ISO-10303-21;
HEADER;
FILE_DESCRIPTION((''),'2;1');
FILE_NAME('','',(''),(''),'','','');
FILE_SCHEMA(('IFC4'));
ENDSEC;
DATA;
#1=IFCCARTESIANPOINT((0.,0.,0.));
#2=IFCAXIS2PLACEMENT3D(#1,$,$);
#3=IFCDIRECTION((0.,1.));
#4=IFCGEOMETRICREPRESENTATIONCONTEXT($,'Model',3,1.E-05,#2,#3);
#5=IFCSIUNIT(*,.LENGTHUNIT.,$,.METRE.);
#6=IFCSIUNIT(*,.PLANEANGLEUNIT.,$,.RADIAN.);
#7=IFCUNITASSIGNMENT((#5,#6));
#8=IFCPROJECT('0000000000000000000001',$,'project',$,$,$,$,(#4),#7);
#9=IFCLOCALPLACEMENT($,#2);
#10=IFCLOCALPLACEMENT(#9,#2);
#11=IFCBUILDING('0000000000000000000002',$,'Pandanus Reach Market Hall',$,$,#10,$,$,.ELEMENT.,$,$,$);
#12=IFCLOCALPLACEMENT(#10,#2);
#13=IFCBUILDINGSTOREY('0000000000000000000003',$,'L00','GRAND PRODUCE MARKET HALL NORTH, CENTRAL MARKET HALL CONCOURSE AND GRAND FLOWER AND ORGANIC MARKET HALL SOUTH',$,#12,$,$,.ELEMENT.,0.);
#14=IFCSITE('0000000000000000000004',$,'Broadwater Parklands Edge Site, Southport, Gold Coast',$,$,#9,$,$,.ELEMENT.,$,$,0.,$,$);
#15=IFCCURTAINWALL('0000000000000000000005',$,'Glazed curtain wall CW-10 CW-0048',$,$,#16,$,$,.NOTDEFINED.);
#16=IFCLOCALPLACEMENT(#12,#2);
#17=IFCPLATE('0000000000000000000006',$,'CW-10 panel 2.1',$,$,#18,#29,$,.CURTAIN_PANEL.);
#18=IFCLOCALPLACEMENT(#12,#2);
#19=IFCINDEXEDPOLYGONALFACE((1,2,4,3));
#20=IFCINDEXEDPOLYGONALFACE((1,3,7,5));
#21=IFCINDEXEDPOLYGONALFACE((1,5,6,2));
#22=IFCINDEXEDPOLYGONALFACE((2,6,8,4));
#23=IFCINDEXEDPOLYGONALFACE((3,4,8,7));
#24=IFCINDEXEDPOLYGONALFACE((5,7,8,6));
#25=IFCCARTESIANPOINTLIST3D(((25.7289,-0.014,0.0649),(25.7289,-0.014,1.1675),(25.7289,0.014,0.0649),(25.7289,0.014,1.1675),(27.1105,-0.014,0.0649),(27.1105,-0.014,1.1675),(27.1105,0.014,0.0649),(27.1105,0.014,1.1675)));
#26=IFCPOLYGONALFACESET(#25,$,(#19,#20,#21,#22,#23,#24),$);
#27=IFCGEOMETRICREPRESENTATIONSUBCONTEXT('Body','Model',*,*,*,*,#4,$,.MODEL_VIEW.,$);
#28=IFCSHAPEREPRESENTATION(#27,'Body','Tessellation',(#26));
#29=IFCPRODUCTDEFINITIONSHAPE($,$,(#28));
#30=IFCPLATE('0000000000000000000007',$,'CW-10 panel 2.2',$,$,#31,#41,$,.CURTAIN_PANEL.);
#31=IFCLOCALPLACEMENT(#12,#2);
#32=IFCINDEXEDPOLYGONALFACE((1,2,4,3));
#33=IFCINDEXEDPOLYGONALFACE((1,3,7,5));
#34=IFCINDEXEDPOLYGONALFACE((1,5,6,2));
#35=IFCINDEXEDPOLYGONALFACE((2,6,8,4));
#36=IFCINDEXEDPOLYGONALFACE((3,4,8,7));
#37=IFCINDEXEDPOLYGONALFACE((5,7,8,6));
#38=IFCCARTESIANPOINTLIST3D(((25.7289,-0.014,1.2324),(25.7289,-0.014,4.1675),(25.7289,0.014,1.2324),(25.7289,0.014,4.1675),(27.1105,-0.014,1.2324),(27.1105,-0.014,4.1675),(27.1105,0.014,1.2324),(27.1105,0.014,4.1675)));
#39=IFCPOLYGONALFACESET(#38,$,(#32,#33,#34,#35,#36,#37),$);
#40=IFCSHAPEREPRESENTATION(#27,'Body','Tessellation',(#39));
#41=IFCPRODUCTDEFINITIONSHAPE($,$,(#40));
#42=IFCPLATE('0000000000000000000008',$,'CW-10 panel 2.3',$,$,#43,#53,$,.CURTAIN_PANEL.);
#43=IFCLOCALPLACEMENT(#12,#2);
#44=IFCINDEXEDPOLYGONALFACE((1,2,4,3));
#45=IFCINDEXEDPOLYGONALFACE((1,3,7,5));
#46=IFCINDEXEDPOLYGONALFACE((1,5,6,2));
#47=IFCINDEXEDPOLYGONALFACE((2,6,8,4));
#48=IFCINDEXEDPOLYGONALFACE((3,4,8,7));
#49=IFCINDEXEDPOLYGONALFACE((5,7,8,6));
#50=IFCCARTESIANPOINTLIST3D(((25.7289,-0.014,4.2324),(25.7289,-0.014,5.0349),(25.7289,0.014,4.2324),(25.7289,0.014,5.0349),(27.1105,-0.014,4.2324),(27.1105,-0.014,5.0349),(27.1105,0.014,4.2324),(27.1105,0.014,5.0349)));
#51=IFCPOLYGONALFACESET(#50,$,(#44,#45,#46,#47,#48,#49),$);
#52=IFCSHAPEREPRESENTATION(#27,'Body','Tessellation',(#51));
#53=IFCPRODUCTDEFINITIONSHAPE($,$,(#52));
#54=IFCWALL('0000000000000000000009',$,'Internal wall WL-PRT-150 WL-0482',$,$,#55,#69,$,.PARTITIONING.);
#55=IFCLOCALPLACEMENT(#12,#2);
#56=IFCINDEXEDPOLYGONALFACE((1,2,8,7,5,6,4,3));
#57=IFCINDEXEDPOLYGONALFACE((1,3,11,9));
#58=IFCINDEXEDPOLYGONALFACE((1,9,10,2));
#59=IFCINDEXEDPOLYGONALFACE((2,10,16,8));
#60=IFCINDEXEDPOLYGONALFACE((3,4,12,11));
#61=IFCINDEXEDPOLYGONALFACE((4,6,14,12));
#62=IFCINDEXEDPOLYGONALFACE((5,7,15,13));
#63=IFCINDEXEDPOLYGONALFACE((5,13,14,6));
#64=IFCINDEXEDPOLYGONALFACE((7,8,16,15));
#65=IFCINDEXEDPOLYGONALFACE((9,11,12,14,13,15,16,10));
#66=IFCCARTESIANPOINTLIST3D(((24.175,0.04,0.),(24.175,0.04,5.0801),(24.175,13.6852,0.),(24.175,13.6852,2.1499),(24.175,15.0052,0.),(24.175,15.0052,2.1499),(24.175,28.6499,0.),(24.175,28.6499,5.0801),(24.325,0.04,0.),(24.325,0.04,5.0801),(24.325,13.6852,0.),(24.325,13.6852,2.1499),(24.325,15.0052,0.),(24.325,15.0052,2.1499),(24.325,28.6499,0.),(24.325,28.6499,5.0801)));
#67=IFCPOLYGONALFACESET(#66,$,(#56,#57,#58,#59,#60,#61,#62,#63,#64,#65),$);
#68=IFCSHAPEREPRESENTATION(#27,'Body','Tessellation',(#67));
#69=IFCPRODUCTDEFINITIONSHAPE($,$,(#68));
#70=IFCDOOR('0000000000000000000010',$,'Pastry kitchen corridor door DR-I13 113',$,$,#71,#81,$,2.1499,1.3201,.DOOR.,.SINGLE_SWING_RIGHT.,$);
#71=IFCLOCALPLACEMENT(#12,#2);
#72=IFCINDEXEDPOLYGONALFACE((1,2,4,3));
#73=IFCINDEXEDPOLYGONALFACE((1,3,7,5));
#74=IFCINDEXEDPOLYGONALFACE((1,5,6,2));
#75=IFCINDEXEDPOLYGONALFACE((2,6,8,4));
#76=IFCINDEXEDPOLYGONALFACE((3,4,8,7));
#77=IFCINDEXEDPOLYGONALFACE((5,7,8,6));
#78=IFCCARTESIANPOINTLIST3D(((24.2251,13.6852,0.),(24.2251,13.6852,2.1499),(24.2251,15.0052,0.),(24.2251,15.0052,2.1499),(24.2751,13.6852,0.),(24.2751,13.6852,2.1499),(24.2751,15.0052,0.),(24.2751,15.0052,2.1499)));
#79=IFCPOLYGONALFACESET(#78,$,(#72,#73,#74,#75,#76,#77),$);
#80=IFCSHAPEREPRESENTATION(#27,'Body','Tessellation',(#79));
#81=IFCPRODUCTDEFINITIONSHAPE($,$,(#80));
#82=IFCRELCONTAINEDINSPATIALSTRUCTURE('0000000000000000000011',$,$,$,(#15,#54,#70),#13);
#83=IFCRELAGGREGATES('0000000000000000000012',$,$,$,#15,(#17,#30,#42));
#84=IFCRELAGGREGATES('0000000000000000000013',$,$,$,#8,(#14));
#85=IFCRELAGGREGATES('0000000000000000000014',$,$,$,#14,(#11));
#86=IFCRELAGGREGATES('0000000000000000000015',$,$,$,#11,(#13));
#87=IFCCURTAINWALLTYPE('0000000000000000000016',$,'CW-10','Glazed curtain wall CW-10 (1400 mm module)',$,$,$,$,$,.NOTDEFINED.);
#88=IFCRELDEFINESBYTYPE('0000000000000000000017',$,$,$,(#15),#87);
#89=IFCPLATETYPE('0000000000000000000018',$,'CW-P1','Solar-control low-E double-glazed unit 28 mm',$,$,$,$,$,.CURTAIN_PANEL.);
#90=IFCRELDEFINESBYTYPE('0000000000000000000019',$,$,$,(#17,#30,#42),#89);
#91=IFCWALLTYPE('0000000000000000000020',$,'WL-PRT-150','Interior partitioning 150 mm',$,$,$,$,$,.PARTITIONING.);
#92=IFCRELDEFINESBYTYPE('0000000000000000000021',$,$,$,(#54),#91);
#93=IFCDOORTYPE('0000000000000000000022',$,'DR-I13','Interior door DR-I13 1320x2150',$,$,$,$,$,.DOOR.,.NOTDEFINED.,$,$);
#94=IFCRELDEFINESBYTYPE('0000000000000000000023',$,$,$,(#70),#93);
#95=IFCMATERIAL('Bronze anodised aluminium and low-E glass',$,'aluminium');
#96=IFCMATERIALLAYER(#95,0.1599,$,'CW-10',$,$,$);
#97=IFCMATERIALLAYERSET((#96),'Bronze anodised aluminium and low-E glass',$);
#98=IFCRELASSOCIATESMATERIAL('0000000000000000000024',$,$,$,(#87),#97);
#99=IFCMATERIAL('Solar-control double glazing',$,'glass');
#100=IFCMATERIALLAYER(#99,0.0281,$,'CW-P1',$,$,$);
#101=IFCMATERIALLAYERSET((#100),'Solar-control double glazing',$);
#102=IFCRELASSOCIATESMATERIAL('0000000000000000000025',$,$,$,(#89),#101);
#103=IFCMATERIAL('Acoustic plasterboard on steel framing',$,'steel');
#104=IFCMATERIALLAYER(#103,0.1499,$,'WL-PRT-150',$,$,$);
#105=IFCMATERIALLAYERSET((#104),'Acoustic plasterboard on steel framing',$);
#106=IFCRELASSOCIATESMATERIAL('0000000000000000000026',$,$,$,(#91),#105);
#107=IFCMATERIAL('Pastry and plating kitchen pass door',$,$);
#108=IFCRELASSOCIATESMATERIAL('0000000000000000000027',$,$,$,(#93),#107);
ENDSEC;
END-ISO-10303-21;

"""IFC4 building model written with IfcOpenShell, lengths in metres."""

from ifc_helpers import new_model, si_unit, direction, frame, frame_2d, origin, origin_2d, place, context, subcontext, project, spatial, rectangle, extrude, material, layer, layer_set, type_object, element, fill, aggregate, save


model = new_model("IFC4")

# Units and contexts
model_context = context("Model", 3, precision=1e-05, world=origin(), true_north=direction((0.0, 1.0)))
body_context = subcontext(model_context, "Body", "Model", "MODEL_VIEW")
ifc_project = project(units=[si_unit("LENGTHUNIT", "METRE"), si_unit("PLANEANGLEUNIT", "RADIAN")], contexts=[model_context])

# Site, building, storey
site_placement = place(None, origin())
site = spatial("IfcSite", under=ifc_project, at=site_placement, Name="Broadwater Parklands Edge Site, Southport, Gold Coast", CompositionType="ELEMENT", RefElevation=0.0)
building_placement = place(site_placement, origin())
building = spatial("IfcBuilding", under=site, at=building_placement, Name="Pandanus Reach Market Hall", CompositionType="ELEMENT")
storey_placement = place(building_placement, origin())
storey = spatial("IfcBuildingStorey", under=building, at=storey_placement, Name="L00", Description="GRAND PRODUCE MARKET HALL NORTH, CENTRAL MARKET HALL CONCOURSE AND GRAND FLOWER AND ORGANIC MARKET HALL SOUTH", CompositionType="ELEMENT", Elevation=0.0)

# Shared definitions
ifc_material_1 = material(Name="Bronze anodised aluminium and low-E glass", Category="aluminium")

# Curtain wall
ifc_layer_1 = layer(ifc_material_1, 0.1599, Name="CW-10")
ifc_layer_set_1 = layer_set([ifc_layer_1], Name="Bronze anodised aluminium and low-E glass")
curtain_wall_type_1 = type_object("IfcCurtainWallType", Name="CW-10", Description="Glazed curtain wall CW-10 (1400 mm module)", PredefinedType="NOTDEFINED", material=ifc_layer_set_1)
curtain_wall_1_placement = place(storey_placement, origin())
curtain_wall_1 = element("IfcCurtainWall", 1, at=curtain_wall_1_placement, inside=storey, type_object=curtain_wall_type_1, Name="Glazed curtain wall CW-10 CW-0048", PredefinedType="NOTDEFINED")

# Plates
ifc_material_2 = material(Name="Solar-control double glazing", Category="glass")
ifc_layer_2 = layer(ifc_material_2, 0.0281, Name="CW-P1")
ifc_layer_set_2 = layer_set([ifc_layer_2], Name="Solar-control double glazing")
plate_type = type_object("IfcPlateType", Name="CW-P1", Description="Solar-control low-E double-glazed unit 28 mm", PredefinedType="CURTAIN_PANEL", material=ifc_layer_set_2)
plate_1_placement = place(storey_placement, frame((26.4197, 0.0, 0.0649), z_axis=(0.0, 0.0, 1.0), x_axis=(1.0, 0.0, 0.0)))
plate_1 = element("IfcPlate", 2, at=plate_1_placement, type_object=plate_type, Name="CW-10 panel 2.1", PredefinedType="CURTAIN_PANEL", context=body_context, shape_type="SweptSolid", body=[
    extrude(rectangle(XDim=1.3816, YDim=0.0281, at=origin_2d()), origin(), (0.0, 0.0, 1.0), 1.1025),
])
plate_2_placement = place(storey_placement, frame((26.4197, 0.0, 1.2324), z_axis=(0.0, 0.0, 1.0), x_axis=(1.0, 0.0, 0.0)))
plate_2 = element("IfcPlate", 3, at=plate_2_placement, type_object=plate_type, Name="CW-10 panel 2.2", PredefinedType="CURTAIN_PANEL", context=body_context, shape_type="SweptSolid", body=[
    extrude(rectangle(XDim=1.3816, YDim=0.0281, at=origin_2d()), origin(), (0.0, 0.0, 1.0), 2.9351),
])
plate_3_placement = place(storey_placement, frame((26.4197, 0.0, 4.2324), z_axis=(0.0, 0.0, 1.0), x_axis=(1.0, 0.0, 0.0)))
plate_3 = element("IfcPlate", 4, at=plate_3_placement, type_object=plate_type, Name="CW-10 panel 2.3", PredefinedType="CURTAIN_PANEL", context=body_context, shape_type="SweptSolid", body=[
    extrude(rectangle(XDim=1.3816, YDim=0.0281, at=origin_2d()), origin(), (0.0, 0.0, 1.0), 0.8025),
])
aggregate(curtain_wall_1, [plate_1, plate_2, plate_3])

# Wall, opening, door
ifc_material_3 = material(Name="Acoustic plasterboard on steel framing", Category="steel")
ifc_layer_3 = layer(ifc_material_3, 0.1499, Name="WL-PRT-150")
ifc_layer_set_3 = layer_set([ifc_layer_3], Name="Acoustic plasterboard on steel framing")
wall_type_1 = type_object("IfcWallType", Name="WL-PRT-150", Description="Interior partitioning 150 mm", PredefinedType="PARTITIONING", material=ifc_layer_set_3)
wall_1_placement = place(storey_placement, frame((24.25, 0.04, 0.0), z_axis=(0.0, 0.0, 1.0), x_axis=(0.0, 1.0, 0.0)))
wall_1 = element("IfcWall", 5, at=wall_1_placement, inside=storey, type_object=wall_type_1, Name="Internal wall WL-PRT-150 WL-0482", PredefinedType="PARTITIONING", context=body_context, shape_type="SweptSolid", body=[
    extrude(rectangle(XDim=28.6099, YDim=0.1499, at=frame_2d((14.3049, 0.0))), origin(), (0.0, 0.0, 1.0), 5.0801),
])
opening_1_placement = place(wall_1_placement, frame((13.645, 0.0, 0.0)))
opening_1 = element("IfcOpeningElement", 6, at=opening_1_placement, cuts=wall_1, PredefinedType="OPENING", context=body_context, shape_type="SweptSolid", body=[
    extrude(rectangle(XDim=1.3201, YDim=2.1499, at=frame_2d((0.6602, 1.075))), frame((0.0, 0.0898, 0.0), z_axis=(0.0, -1.0, 0.0), x_axis=(1.0, 0.0, 0.0)), (0.0, 0.0, 1.0), 0.1799),
])
ifc_material_4 = material(Name="Pastry and plating kitchen pass door")
door_type_1 = type_object("IfcDoorType", Name="DR-I13", Description="Interior door DR-I13 1320x2150", OperationType="NOTDEFINED", PredefinedType="DOOR", material=ifc_material_4)
door_1_placement = place(opening_1_placement, origin())
door_1 = element("IfcDoor", 7, at=door_1_placement, inside=storey, type_object=door_type_1, Name="Pastry kitchen corridor door DR-I13 113", OperationType="SINGLE_SWING_RIGHT", OverallHeight=2.1499, OverallWidth=1.3201, PredefinedType="DOOR", context=body_context, shape_type="SweptSolid", body=[
    extrude(rectangle(XDim=1.3201, YDim=2.1499, at=frame_2d((0.6602, 1.075))), frame((0.0, 0.0249, 0.0), z_axis=(0.0, -1.0, 0.0), x_axis=(1.0, 0.0, 0.0)), (0.0, 0.0, 1.0), 0.05),
])
fill(opening_1, door_1)

save(model, "model.ifc")
